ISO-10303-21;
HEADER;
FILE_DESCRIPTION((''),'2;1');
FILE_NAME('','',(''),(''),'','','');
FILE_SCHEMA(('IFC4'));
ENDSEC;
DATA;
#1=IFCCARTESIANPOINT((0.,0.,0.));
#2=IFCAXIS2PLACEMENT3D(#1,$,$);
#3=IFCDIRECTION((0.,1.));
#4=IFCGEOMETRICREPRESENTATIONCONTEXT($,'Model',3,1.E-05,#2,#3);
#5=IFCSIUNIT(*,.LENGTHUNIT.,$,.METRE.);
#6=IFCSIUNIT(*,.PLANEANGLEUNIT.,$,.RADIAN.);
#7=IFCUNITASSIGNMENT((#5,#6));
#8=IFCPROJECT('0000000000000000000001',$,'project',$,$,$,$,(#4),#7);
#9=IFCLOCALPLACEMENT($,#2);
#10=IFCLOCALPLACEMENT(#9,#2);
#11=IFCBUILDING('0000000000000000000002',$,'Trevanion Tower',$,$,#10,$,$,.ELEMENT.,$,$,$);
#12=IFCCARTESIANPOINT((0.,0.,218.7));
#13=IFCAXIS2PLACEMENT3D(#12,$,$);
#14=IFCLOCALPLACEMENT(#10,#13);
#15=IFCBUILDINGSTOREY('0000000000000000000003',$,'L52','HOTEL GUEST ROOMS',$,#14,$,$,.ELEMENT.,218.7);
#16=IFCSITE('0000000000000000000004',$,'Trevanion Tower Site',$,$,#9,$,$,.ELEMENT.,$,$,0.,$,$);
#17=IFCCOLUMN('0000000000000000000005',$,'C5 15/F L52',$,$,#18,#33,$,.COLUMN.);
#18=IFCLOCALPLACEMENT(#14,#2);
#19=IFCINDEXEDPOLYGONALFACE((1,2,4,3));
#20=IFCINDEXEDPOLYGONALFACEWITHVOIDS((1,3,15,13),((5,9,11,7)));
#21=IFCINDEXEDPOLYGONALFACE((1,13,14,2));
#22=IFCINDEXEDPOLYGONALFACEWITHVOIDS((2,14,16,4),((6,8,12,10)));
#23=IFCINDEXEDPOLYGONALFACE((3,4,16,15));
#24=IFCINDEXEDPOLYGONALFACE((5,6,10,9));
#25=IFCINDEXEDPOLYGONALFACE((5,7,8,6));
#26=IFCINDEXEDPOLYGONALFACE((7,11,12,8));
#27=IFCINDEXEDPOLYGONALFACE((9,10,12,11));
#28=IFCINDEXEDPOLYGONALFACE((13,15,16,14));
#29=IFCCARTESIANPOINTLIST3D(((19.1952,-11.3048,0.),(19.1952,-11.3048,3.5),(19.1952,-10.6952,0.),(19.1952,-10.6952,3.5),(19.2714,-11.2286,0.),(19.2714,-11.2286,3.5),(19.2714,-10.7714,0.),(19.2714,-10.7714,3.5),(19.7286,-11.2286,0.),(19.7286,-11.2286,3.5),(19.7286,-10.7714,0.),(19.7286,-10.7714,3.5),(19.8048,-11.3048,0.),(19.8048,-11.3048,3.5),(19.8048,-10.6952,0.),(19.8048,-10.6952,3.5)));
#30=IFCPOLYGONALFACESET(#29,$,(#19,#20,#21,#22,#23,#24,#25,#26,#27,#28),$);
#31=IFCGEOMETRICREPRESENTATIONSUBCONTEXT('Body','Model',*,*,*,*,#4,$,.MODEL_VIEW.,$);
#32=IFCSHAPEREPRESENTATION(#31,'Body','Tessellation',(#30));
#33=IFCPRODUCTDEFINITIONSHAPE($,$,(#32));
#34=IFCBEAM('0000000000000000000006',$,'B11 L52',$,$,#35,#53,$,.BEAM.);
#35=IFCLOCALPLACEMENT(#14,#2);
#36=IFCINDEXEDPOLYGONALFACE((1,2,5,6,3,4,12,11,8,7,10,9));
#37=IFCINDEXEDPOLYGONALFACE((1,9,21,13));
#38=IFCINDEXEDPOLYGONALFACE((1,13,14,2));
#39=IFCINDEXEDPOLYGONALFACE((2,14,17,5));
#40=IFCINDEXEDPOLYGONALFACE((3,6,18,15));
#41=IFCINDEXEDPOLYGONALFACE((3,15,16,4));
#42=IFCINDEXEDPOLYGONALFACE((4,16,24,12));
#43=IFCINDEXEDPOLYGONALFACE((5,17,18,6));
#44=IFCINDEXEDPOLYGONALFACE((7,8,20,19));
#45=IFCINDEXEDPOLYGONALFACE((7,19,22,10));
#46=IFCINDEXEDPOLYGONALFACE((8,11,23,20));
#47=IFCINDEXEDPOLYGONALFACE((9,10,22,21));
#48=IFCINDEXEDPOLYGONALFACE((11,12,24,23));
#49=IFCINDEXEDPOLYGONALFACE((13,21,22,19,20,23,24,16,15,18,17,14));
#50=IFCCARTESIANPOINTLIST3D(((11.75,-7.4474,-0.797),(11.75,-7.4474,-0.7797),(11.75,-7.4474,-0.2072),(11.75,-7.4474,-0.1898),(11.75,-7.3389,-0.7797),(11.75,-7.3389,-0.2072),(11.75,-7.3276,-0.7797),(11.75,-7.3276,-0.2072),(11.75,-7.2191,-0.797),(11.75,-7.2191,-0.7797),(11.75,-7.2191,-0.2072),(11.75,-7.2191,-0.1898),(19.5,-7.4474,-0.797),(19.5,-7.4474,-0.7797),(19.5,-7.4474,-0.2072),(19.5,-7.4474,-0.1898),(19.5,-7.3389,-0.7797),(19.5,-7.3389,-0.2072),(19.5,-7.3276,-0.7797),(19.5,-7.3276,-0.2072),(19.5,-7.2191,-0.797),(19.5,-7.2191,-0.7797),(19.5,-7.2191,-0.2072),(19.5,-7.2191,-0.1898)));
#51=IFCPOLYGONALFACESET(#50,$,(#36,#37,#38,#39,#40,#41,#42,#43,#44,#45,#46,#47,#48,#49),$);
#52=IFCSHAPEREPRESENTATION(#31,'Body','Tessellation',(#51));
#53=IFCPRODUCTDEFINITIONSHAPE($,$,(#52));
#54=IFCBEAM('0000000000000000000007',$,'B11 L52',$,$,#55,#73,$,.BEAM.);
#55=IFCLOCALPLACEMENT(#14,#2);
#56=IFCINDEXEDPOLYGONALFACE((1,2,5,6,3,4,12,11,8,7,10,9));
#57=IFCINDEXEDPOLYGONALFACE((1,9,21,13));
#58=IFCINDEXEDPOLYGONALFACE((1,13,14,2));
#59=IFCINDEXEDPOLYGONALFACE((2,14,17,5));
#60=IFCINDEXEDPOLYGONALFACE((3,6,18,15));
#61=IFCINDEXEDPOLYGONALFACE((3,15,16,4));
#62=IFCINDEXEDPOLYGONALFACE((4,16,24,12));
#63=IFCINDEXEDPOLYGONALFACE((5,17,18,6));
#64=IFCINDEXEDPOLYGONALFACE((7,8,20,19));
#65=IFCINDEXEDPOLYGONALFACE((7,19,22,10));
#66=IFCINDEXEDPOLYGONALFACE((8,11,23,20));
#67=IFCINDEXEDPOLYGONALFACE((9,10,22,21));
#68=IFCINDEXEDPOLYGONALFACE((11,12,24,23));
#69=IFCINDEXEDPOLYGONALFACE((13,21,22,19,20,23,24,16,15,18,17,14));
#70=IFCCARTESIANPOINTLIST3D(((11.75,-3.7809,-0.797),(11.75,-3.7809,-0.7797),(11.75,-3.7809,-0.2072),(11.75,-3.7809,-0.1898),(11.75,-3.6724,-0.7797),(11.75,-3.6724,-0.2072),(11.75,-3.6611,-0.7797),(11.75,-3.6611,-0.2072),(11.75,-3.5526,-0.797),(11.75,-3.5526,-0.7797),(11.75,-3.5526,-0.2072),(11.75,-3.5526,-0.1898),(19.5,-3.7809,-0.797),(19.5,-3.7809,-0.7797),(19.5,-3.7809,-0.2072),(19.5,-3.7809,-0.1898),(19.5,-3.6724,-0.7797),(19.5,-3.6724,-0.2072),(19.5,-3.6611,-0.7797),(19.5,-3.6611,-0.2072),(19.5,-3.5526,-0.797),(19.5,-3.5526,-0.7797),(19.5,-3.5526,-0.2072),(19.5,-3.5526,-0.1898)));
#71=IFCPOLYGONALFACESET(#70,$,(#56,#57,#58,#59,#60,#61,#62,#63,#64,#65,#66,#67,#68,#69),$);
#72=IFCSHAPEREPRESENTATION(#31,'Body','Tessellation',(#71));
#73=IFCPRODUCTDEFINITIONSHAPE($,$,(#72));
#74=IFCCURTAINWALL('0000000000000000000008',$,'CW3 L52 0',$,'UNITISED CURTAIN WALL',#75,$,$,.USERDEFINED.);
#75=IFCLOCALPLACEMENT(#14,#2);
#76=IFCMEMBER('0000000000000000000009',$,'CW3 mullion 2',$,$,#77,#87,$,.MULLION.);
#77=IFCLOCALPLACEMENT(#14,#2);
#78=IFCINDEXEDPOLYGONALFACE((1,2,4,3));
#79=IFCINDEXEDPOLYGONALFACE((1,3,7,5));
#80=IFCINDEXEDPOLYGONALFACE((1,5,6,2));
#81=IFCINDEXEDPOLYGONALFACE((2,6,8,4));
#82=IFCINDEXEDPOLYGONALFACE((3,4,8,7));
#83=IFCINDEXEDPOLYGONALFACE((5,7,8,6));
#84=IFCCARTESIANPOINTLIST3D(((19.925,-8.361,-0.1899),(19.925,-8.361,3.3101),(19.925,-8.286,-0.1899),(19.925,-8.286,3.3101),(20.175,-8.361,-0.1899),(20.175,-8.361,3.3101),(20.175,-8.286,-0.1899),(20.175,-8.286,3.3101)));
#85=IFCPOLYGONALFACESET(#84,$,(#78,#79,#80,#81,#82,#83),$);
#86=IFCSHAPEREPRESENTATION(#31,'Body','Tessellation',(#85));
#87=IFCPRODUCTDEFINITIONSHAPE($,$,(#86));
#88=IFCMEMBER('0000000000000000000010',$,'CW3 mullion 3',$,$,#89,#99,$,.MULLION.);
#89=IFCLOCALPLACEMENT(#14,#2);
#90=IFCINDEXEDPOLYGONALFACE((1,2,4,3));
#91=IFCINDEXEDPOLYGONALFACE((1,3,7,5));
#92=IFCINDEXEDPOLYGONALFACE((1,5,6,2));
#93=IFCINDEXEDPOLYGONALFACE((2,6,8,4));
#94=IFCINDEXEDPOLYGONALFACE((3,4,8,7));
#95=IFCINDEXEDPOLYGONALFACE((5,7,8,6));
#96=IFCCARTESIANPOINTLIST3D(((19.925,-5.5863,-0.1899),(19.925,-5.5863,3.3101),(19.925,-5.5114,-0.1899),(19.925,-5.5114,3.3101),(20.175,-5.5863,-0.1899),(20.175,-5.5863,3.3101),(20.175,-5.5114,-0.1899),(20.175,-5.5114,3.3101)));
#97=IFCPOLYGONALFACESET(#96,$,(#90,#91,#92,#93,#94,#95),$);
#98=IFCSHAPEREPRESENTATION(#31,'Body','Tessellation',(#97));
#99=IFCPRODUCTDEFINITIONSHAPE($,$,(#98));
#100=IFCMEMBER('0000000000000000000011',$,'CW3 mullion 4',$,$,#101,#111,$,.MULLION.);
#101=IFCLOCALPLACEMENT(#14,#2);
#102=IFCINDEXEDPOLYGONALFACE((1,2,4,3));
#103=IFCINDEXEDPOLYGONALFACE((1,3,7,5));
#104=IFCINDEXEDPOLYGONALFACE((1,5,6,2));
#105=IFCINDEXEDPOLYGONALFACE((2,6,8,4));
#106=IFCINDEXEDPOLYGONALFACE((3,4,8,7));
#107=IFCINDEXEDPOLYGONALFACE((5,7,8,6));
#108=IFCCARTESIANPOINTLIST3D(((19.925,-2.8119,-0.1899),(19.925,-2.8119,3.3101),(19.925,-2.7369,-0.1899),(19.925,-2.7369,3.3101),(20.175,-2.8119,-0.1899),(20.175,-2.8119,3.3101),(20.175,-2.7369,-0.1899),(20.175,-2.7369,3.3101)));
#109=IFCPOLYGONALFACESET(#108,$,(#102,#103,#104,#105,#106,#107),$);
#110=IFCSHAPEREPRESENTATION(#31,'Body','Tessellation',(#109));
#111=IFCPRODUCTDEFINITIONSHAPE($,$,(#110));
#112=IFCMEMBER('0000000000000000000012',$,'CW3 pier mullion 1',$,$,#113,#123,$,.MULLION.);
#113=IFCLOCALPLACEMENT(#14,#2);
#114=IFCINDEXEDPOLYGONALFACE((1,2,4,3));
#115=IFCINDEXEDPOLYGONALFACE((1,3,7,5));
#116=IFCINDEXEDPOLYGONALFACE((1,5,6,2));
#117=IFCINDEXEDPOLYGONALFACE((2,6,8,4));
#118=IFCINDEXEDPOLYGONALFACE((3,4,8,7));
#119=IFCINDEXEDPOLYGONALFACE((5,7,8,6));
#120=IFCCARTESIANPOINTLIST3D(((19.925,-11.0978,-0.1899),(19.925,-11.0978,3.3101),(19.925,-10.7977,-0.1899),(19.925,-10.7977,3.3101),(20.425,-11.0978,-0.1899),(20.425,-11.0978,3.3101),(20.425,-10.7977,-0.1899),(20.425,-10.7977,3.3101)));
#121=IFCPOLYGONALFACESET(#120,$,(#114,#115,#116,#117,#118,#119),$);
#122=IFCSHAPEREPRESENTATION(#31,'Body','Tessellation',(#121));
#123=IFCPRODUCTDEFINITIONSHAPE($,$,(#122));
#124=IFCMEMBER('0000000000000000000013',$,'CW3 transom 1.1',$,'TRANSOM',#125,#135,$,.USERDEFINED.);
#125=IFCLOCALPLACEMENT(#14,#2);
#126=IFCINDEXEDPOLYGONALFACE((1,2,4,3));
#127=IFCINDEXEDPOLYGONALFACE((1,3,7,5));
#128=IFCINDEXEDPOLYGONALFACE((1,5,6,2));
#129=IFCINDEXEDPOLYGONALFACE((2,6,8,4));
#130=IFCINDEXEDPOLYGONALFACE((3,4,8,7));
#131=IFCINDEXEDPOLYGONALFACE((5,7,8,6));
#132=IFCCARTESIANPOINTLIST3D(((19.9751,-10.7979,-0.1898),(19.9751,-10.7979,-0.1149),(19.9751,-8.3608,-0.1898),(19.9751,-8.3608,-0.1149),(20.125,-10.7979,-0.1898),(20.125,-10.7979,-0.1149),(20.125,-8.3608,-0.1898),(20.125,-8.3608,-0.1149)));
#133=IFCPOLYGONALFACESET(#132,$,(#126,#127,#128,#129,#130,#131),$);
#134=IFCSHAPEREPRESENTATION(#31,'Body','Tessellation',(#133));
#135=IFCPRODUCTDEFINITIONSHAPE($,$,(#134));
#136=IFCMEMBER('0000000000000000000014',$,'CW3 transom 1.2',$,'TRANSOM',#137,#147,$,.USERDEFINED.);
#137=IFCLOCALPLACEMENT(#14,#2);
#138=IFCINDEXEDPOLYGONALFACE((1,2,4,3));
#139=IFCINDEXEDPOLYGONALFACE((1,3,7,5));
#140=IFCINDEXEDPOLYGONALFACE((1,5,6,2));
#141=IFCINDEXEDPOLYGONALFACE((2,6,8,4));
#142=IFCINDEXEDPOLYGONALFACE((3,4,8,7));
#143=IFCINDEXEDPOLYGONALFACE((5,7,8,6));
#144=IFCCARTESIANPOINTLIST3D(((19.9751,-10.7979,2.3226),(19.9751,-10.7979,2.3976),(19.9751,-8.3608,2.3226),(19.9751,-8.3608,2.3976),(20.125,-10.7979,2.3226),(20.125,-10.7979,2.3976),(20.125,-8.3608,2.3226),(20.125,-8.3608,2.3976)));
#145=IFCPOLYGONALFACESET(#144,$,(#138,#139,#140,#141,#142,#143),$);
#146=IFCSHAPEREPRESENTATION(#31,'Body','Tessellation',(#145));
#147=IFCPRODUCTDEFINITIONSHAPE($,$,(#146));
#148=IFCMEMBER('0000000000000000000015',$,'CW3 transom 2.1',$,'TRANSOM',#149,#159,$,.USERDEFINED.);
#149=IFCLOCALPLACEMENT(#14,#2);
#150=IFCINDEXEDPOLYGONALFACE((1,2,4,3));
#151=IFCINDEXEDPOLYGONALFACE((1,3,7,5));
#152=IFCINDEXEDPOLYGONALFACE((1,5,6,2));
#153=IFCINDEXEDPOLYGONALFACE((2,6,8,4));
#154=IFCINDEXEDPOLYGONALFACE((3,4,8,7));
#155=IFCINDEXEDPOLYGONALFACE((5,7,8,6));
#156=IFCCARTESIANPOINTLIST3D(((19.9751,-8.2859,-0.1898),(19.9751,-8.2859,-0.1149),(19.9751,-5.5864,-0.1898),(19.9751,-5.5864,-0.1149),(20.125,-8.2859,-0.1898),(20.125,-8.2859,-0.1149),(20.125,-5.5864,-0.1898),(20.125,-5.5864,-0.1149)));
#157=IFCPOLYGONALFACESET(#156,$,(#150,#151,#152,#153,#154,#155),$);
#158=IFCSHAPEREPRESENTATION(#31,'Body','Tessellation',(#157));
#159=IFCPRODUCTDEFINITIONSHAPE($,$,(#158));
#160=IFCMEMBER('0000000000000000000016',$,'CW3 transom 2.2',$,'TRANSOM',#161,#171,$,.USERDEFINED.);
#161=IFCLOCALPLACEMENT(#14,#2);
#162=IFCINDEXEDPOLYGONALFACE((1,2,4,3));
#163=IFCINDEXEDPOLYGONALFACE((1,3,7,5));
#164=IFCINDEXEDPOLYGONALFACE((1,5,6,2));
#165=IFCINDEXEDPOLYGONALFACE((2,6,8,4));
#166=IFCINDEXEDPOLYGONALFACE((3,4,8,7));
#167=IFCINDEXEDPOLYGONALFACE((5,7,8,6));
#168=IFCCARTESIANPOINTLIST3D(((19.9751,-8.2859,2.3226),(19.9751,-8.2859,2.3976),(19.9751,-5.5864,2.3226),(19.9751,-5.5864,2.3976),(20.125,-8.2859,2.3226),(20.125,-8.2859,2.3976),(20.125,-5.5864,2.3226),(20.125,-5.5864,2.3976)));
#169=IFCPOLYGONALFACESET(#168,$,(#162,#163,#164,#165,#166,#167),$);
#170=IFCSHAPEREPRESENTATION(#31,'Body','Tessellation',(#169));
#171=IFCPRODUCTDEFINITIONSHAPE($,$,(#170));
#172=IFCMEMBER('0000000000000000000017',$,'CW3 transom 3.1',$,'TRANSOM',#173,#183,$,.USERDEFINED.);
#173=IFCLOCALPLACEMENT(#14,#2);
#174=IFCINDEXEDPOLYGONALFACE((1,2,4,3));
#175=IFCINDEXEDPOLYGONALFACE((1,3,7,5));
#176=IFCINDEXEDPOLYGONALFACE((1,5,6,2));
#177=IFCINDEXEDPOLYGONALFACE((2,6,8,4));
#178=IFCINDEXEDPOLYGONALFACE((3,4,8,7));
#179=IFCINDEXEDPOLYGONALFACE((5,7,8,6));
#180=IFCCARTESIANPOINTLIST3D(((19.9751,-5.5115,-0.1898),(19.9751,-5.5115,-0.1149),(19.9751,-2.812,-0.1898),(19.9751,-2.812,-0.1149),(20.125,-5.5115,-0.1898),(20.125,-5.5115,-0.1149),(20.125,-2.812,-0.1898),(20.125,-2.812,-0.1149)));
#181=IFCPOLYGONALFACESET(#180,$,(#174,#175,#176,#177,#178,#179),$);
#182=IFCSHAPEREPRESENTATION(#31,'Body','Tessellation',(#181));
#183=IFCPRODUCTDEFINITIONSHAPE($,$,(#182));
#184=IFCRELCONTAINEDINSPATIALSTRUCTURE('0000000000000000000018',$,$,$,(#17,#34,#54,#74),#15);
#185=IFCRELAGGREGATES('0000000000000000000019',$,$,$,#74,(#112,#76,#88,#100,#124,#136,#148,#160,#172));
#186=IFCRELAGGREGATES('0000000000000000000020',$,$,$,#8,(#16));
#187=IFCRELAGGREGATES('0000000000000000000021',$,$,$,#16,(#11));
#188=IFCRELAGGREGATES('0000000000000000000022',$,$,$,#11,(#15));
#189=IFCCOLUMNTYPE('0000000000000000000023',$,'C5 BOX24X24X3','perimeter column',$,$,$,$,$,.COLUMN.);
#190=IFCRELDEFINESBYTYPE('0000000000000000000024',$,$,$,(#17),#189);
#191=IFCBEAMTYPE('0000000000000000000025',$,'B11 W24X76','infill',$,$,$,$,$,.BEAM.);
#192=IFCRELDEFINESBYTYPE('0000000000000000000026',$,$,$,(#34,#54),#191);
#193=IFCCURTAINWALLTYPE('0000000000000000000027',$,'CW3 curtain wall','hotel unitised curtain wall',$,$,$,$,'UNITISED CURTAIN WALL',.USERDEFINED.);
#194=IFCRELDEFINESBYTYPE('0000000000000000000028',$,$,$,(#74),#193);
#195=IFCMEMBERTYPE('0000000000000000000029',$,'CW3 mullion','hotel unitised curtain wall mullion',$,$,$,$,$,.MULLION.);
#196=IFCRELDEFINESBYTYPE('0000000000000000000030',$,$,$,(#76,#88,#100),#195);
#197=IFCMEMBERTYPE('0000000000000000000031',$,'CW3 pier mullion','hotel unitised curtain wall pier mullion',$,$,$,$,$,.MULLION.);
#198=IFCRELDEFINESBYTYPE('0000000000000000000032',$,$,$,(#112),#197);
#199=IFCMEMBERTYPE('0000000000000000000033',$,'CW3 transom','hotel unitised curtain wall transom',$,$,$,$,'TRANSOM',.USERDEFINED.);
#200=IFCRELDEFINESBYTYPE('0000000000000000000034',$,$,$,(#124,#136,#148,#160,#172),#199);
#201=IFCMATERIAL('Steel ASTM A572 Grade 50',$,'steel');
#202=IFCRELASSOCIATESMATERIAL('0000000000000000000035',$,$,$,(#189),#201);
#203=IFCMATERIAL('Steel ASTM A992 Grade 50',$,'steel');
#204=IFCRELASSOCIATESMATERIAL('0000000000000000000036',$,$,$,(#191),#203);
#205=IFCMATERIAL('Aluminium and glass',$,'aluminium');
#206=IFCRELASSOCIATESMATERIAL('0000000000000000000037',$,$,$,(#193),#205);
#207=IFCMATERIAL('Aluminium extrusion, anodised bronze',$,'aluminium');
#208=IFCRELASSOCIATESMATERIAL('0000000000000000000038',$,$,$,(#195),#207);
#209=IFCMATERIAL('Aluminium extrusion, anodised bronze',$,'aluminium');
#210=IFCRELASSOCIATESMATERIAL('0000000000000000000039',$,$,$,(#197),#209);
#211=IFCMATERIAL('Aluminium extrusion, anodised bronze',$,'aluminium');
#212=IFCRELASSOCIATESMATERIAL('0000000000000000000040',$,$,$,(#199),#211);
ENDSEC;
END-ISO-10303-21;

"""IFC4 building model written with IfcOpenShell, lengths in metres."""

from ifc_helpers import new_model, si_unit, direction, frame, origin, origin_2d, place, context, subcontext, project, spatial, rectangle, hollow_rectangle, i_section, extrude, material, material_profile, profile_set, type_object, element, aggregate, save


model = new_model("IFC4")

# Units and contexts
model_context = context("Model", 3, precision=1e-05, world=origin(), true_north=direction((0.0, 1.0)))
body_context = subcontext(model_context, "Body", "Model", "MODEL_VIEW")
ifc_project = project(units=[si_unit("LENGTHUNIT", "METRE"), si_unit("PLANEANGLEUNIT", "RADIAN")], contexts=[model_context])

# Site, building, storey
site_placement = place(None, origin())
site = spatial("IfcSite", under=ifc_project, at=site_placement, Name="Trevanion Tower Site", CompositionType="ELEMENT", RefElevation=0.0)
building_placement = place(site_placement, origin())
building = spatial("IfcBuilding", under=site, at=building_placement, Name="Trevanion Tower", CompositionType="ELEMENT")
storey_placement = place(building_placement, frame((0.0, 0.0, 218.7)))
storey = spatial("IfcBuildingStorey", under=building, at=storey_placement, Name="L52", Description="HOTEL GUEST ROOMS", CompositionType="ELEMENT", Elevation=218.7)

# Column
ifc_material_1 = material(Name="Steel ASTM A572 Grade 50", Category="steel")
ifc_material_profile_1 = material_profile(ifc_material_1, hollow_rectangle(XDim=0.6096, YDim=0.6096, WallThickness=0.0762, at=origin_2d()), Name="BOX24X24X3")
ifc_profile_set_1 = profile_set([ifc_material_profile_1], Name="Steel ASTM A572 Grade 50")
column_type = type_object("IfcColumnType", Name="C5 BOX24X24X3", Description="perimeter column", PredefinedType="COLUMN", material=ifc_profile_set_1)
column_placement = place(storey_placement, frame((19.5, -11.0, 0.0), z_axis=(0.0, 0.0, 1.0), x_axis=(0.0, 1.0, 0.0)))
element("IfcColumn", 1, at=column_placement, inside=storey, type_object=column_type, Name="C5 15/F L52", PredefinedType="COLUMN", context=body_context, shape_type="SweptSolid", body=[
    extrude(hollow_rectangle(XDim=0.6096, YDim=0.6096, WallThickness=0.0762, at=origin_2d()), origin(), (0.0, 0.0, 1.0), 3.5),
])

# Beams
ifc_material_2 = material(Name="Steel ASTM A992 Grade 50", Category="steel")
ifc_material_profile_2 = material_profile(ifc_material_2, i_section(OverallWidth=0.2283, OverallDepth=0.6072, WebThickness=0.0112, FlangeThickness=0.0173, at=origin_2d()), Name="W24X76")
ifc_profile_set_2 = profile_set([ifc_material_profile_2], Name="Steel ASTM A992 Grade 50")
beam_type_1 = type_object("IfcBeamType", Name="B11 W24X76", Description="infill", PredefinedType="BEAM", material=ifc_profile_set_2)
for number, where, z_axis, x_axis, name in (
    (2, (11.75, -7.3333, -0.4934), (1.0, 0.0, 0.0), (0.0, 1.0, 0.0), "B11 L52"),
    (3, (11.75, -3.6667, -0.4934), (1.0, 0.0, 0.0), (0.0, 1.0, 0.0), "B11 L52"),
):
    element("IfcBeam", number, at=place(storey_placement, frame(where, z_axis=z_axis, x_axis=x_axis)), inside=storey, type_object=beam_type_1, Name=name, PredefinedType="BEAM", context=body_context, shape_type="SweptSolid", body=[
        extrude(i_section(OverallWidth=0.2283, OverallDepth=0.6072, WebThickness=0.0112, FlangeThickness=0.0173, at=origin_2d()), origin(), (0.0, 0.0, 1.0), 7.75),
    ])

# Curtain wall, members
ifc_material_3 = material(Name="Aluminium and glass", Category="aluminium")
curtain_wall_type = type_object("IfcCurtainWallType", Name="CW3 curtain wall", Description="hotel unitised curtain wall", ElementType="UNITISED CURTAIN WALL", PredefinedType="USERDEFINED", material=ifc_material_3)
curtain_wall_placement = place(storey_placement, origin())
curtain_wall = element("IfcCurtainWall", 4, at=curtain_wall_placement, inside=storey, type_object=curtain_wall_type, Name="CW3 L52 0", ObjectType="UNITISED CURTAIN WALL", PredefinedType="USERDEFINED")
ifc_material_4 = material(Name="Aluminium extrusion, anodised bronze", Category="aluminium")
ifc_material_profile_3 = material_profile(ifc_material_4, rectangle(XDim=0.075, YDim=0.25, at=origin_2d()), Name="CW3 mullion")
ifc_profile_set_3 = profile_set([ifc_material_profile_3], Name="Aluminium extrusion, anodised bronze")
member_type_1 = type_object("IfcMemberType", Name="CW3 mullion", Description="hotel unitised curtain wall mullion", PredefinedType="MULLION", material=ifc_profile_set_3)
member_1_placement = place(storey_placement, frame((20.05, -8.3235, -0.1899), z_axis=(0.0, 0.0, 1.0), x_axis=(0.0, 1.0, 0.0)))
member_1 = element("IfcMember", 5, at=member_1_placement, type_object=member_type_1, Name="CW3 mullion 2", PredefinedType="MULLION", context=body_context, shape_type="SweptSolid", body=[
    extrude(rectangle(XDim=0.075, YDim=0.25, at=origin_2d()), origin(), (0.0, 0.0, 1.0), 3.5),
])
member_2_placement = place(storey_placement, frame((20.05, -5.5488, -0.1899), z_axis=(0.0, 0.0, 1.0), x_axis=(0.0, 1.0, 0.0)))
member_2 = element("IfcMember", 6, at=member_2_placement, type_object=member_type_1, Name="CW3 mullion 3", PredefinedType="MULLION", context=body_context, shape_type="SweptSolid", body=[
    extrude(rectangle(XDim=0.075, YDim=0.25, at=origin_2d()), origin(), (0.0, 0.0, 1.0), 3.5),
])
member_3_placement = place(storey_placement, frame((20.05, -2.7744, -0.1899), z_axis=(0.0, 0.0, 1.0), x_axis=(0.0, 1.0, 0.0)))
member_3 = element("IfcMember", 7, at=member_3_placement, type_object=member_type_1, Name="CW3 mullion 4", PredefinedType="MULLION", context=body_context, shape_type="SweptSolid", body=[
    extrude(rectangle(XDim=0.075, YDim=0.25, at=origin_2d()), origin(), (0.0, 0.0, 1.0), 3.5),
])
ifc_material_5 = material(Name="Aluminium extrusion, anodised bronze", Category="aluminium")
ifc_material_profile_4 = material_profile(ifc_material_5, rectangle(XDim=0.3, YDim=0.5, at=origin_2d()), Name="CW3 pier mullion")
ifc_profile_set_4 = profile_set([ifc_material_profile_4], Name="Aluminium extrusion, anodised bronze")
member_type_2 = type_object("IfcMemberType", Name="CW3 pier mullion", Description="hotel unitised curtain wall pier mullion", PredefinedType="MULLION", material=ifc_profile_set_4)
member_4_placement = place(storey_placement, frame((20.175, -10.9478, -0.1899), z_axis=(0.0, 0.0, 1.0), x_axis=(0.0, 1.0, 0.0)))
member_4 = element("IfcMember", 8, at=member_4_placement, type_object=member_type_2, Name="CW3 pier mullion 1", PredefinedType="MULLION", context=body_context, shape_type="SweptSolid", body=[
    extrude(rectangle(XDim=0.3, YDim=0.5, at=origin_2d()), origin(), (0.0, 0.0, 1.0), 3.5),
])
ifc_material_6 = material(Name="Aluminium extrusion, anodised bronze", Category="aluminium")
ifc_material_profile_5 = material_profile(ifc_material_6, rectangle(XDim=0.1499, YDim=0.075, at=origin_2d()), Name="CW3 transom")
ifc_profile_set_5 = profile_set([ifc_material_profile_5], Name="Aluminium extrusion, anodised bronze")
member_type_3 = type_object("IfcMemberType", Name="CW3 transom", Description="hotel unitised curtain wall transom", ElementType="TRANSOM", PredefinedType="USERDEFINED", material=ifc_profile_set_5)
member_5_placement = place(storey_placement, frame((20.05, -10.7979, -0.1523), z_axis=(0.0, 1.0, 0.0), x_axis=(-1.0, 0.0, 0.0)))
member_5 = element("IfcMember", 9, at=member_5_placement, type_object=member_type_3, Name="CW3 transom 1.1", ObjectType="TRANSOM", PredefinedType="USERDEFINED", context=body_context, shape_type="SweptSolid", body=[
    extrude(rectangle(XDim=0.1499, YDim=0.075, at=origin_2d()), origin(), (0.0, 0.0, 1.0), 2.437),
])
member_6_placement = place(storey_placement, frame((20.05, -10.7979, 2.3601), z_axis=(0.0, 1.0, 0.0), x_axis=(-1.0, 0.0, 0.0)))
member_6 = element("IfcMember", 10, at=member_6_placement, type_object=member_type_3, Name="CW3 transom 1.2", ObjectType="TRANSOM", PredefinedType="USERDEFINED", context=body_context, shape_type="SweptSolid", body=[
    extrude(rectangle(XDim=0.1499, YDim=0.075, at=origin_2d()), origin(), (0.0, 0.0, 1.0), 2.437),
])
member_7_placement = place(storey_placement, frame((20.05, -8.2859, -0.1523), z_axis=(0.0, 1.0, 0.0), x_axis=(-1.0, 0.0, 0.0)))
member_7 = element("IfcMember", 11, at=member_7_placement, type_object=member_type_3, Name="CW3 transom 2.1", ObjectType="TRANSOM", PredefinedType="USERDEFINED", context=body_context, shape_type="SweptSolid", body=[
    extrude(rectangle(XDim=0.1499, YDim=0.075, at=origin_2d()), origin(), (0.0, 0.0, 1.0), 2.6995),
])
member_8_placement = place(storey_placement, frame((20.05, -8.2859, 2.3601), z_axis=(0.0, 1.0, 0.0), x_axis=(-1.0, 0.0, 0.0)))
member_8 = element("IfcMember", 12, at=member_8_placement, type_object=member_type_3, Name="CW3 transom 2.2", ObjectType="TRANSOM", PredefinedType="USERDEFINED", context=body_context, shape_type="SweptSolid", body=[
    extrude(rectangle(XDim=0.1499, YDim=0.075, at=origin_2d()), origin(), (0.0, 0.0, 1.0), 2.6995),
])
member_9_placement = place(storey_placement, frame((20.05, -5.5115, -0.1523), z_axis=(0.0, 1.0, 0.0), x_axis=(-1.0, 0.0, 0.0)))
member_9 = element("IfcMember", 13, at=member_9_placement, type_object=member_type_3, Name="CW3 transom 3.1", ObjectType="TRANSOM", PredefinedType="USERDEFINED", context=body_context, shape_type="SweptSolid", body=[
    extrude(rectangle(XDim=0.1499, YDim=0.075, at=origin_2d()), origin(), (0.0, 0.0, 1.0), 2.6995),
])

aggregate(curtain_wall, [member_4, member_1, member_2, member_3, member_5, member_6, member_7, member_8, member_9])

save(model, "model.ifc")
